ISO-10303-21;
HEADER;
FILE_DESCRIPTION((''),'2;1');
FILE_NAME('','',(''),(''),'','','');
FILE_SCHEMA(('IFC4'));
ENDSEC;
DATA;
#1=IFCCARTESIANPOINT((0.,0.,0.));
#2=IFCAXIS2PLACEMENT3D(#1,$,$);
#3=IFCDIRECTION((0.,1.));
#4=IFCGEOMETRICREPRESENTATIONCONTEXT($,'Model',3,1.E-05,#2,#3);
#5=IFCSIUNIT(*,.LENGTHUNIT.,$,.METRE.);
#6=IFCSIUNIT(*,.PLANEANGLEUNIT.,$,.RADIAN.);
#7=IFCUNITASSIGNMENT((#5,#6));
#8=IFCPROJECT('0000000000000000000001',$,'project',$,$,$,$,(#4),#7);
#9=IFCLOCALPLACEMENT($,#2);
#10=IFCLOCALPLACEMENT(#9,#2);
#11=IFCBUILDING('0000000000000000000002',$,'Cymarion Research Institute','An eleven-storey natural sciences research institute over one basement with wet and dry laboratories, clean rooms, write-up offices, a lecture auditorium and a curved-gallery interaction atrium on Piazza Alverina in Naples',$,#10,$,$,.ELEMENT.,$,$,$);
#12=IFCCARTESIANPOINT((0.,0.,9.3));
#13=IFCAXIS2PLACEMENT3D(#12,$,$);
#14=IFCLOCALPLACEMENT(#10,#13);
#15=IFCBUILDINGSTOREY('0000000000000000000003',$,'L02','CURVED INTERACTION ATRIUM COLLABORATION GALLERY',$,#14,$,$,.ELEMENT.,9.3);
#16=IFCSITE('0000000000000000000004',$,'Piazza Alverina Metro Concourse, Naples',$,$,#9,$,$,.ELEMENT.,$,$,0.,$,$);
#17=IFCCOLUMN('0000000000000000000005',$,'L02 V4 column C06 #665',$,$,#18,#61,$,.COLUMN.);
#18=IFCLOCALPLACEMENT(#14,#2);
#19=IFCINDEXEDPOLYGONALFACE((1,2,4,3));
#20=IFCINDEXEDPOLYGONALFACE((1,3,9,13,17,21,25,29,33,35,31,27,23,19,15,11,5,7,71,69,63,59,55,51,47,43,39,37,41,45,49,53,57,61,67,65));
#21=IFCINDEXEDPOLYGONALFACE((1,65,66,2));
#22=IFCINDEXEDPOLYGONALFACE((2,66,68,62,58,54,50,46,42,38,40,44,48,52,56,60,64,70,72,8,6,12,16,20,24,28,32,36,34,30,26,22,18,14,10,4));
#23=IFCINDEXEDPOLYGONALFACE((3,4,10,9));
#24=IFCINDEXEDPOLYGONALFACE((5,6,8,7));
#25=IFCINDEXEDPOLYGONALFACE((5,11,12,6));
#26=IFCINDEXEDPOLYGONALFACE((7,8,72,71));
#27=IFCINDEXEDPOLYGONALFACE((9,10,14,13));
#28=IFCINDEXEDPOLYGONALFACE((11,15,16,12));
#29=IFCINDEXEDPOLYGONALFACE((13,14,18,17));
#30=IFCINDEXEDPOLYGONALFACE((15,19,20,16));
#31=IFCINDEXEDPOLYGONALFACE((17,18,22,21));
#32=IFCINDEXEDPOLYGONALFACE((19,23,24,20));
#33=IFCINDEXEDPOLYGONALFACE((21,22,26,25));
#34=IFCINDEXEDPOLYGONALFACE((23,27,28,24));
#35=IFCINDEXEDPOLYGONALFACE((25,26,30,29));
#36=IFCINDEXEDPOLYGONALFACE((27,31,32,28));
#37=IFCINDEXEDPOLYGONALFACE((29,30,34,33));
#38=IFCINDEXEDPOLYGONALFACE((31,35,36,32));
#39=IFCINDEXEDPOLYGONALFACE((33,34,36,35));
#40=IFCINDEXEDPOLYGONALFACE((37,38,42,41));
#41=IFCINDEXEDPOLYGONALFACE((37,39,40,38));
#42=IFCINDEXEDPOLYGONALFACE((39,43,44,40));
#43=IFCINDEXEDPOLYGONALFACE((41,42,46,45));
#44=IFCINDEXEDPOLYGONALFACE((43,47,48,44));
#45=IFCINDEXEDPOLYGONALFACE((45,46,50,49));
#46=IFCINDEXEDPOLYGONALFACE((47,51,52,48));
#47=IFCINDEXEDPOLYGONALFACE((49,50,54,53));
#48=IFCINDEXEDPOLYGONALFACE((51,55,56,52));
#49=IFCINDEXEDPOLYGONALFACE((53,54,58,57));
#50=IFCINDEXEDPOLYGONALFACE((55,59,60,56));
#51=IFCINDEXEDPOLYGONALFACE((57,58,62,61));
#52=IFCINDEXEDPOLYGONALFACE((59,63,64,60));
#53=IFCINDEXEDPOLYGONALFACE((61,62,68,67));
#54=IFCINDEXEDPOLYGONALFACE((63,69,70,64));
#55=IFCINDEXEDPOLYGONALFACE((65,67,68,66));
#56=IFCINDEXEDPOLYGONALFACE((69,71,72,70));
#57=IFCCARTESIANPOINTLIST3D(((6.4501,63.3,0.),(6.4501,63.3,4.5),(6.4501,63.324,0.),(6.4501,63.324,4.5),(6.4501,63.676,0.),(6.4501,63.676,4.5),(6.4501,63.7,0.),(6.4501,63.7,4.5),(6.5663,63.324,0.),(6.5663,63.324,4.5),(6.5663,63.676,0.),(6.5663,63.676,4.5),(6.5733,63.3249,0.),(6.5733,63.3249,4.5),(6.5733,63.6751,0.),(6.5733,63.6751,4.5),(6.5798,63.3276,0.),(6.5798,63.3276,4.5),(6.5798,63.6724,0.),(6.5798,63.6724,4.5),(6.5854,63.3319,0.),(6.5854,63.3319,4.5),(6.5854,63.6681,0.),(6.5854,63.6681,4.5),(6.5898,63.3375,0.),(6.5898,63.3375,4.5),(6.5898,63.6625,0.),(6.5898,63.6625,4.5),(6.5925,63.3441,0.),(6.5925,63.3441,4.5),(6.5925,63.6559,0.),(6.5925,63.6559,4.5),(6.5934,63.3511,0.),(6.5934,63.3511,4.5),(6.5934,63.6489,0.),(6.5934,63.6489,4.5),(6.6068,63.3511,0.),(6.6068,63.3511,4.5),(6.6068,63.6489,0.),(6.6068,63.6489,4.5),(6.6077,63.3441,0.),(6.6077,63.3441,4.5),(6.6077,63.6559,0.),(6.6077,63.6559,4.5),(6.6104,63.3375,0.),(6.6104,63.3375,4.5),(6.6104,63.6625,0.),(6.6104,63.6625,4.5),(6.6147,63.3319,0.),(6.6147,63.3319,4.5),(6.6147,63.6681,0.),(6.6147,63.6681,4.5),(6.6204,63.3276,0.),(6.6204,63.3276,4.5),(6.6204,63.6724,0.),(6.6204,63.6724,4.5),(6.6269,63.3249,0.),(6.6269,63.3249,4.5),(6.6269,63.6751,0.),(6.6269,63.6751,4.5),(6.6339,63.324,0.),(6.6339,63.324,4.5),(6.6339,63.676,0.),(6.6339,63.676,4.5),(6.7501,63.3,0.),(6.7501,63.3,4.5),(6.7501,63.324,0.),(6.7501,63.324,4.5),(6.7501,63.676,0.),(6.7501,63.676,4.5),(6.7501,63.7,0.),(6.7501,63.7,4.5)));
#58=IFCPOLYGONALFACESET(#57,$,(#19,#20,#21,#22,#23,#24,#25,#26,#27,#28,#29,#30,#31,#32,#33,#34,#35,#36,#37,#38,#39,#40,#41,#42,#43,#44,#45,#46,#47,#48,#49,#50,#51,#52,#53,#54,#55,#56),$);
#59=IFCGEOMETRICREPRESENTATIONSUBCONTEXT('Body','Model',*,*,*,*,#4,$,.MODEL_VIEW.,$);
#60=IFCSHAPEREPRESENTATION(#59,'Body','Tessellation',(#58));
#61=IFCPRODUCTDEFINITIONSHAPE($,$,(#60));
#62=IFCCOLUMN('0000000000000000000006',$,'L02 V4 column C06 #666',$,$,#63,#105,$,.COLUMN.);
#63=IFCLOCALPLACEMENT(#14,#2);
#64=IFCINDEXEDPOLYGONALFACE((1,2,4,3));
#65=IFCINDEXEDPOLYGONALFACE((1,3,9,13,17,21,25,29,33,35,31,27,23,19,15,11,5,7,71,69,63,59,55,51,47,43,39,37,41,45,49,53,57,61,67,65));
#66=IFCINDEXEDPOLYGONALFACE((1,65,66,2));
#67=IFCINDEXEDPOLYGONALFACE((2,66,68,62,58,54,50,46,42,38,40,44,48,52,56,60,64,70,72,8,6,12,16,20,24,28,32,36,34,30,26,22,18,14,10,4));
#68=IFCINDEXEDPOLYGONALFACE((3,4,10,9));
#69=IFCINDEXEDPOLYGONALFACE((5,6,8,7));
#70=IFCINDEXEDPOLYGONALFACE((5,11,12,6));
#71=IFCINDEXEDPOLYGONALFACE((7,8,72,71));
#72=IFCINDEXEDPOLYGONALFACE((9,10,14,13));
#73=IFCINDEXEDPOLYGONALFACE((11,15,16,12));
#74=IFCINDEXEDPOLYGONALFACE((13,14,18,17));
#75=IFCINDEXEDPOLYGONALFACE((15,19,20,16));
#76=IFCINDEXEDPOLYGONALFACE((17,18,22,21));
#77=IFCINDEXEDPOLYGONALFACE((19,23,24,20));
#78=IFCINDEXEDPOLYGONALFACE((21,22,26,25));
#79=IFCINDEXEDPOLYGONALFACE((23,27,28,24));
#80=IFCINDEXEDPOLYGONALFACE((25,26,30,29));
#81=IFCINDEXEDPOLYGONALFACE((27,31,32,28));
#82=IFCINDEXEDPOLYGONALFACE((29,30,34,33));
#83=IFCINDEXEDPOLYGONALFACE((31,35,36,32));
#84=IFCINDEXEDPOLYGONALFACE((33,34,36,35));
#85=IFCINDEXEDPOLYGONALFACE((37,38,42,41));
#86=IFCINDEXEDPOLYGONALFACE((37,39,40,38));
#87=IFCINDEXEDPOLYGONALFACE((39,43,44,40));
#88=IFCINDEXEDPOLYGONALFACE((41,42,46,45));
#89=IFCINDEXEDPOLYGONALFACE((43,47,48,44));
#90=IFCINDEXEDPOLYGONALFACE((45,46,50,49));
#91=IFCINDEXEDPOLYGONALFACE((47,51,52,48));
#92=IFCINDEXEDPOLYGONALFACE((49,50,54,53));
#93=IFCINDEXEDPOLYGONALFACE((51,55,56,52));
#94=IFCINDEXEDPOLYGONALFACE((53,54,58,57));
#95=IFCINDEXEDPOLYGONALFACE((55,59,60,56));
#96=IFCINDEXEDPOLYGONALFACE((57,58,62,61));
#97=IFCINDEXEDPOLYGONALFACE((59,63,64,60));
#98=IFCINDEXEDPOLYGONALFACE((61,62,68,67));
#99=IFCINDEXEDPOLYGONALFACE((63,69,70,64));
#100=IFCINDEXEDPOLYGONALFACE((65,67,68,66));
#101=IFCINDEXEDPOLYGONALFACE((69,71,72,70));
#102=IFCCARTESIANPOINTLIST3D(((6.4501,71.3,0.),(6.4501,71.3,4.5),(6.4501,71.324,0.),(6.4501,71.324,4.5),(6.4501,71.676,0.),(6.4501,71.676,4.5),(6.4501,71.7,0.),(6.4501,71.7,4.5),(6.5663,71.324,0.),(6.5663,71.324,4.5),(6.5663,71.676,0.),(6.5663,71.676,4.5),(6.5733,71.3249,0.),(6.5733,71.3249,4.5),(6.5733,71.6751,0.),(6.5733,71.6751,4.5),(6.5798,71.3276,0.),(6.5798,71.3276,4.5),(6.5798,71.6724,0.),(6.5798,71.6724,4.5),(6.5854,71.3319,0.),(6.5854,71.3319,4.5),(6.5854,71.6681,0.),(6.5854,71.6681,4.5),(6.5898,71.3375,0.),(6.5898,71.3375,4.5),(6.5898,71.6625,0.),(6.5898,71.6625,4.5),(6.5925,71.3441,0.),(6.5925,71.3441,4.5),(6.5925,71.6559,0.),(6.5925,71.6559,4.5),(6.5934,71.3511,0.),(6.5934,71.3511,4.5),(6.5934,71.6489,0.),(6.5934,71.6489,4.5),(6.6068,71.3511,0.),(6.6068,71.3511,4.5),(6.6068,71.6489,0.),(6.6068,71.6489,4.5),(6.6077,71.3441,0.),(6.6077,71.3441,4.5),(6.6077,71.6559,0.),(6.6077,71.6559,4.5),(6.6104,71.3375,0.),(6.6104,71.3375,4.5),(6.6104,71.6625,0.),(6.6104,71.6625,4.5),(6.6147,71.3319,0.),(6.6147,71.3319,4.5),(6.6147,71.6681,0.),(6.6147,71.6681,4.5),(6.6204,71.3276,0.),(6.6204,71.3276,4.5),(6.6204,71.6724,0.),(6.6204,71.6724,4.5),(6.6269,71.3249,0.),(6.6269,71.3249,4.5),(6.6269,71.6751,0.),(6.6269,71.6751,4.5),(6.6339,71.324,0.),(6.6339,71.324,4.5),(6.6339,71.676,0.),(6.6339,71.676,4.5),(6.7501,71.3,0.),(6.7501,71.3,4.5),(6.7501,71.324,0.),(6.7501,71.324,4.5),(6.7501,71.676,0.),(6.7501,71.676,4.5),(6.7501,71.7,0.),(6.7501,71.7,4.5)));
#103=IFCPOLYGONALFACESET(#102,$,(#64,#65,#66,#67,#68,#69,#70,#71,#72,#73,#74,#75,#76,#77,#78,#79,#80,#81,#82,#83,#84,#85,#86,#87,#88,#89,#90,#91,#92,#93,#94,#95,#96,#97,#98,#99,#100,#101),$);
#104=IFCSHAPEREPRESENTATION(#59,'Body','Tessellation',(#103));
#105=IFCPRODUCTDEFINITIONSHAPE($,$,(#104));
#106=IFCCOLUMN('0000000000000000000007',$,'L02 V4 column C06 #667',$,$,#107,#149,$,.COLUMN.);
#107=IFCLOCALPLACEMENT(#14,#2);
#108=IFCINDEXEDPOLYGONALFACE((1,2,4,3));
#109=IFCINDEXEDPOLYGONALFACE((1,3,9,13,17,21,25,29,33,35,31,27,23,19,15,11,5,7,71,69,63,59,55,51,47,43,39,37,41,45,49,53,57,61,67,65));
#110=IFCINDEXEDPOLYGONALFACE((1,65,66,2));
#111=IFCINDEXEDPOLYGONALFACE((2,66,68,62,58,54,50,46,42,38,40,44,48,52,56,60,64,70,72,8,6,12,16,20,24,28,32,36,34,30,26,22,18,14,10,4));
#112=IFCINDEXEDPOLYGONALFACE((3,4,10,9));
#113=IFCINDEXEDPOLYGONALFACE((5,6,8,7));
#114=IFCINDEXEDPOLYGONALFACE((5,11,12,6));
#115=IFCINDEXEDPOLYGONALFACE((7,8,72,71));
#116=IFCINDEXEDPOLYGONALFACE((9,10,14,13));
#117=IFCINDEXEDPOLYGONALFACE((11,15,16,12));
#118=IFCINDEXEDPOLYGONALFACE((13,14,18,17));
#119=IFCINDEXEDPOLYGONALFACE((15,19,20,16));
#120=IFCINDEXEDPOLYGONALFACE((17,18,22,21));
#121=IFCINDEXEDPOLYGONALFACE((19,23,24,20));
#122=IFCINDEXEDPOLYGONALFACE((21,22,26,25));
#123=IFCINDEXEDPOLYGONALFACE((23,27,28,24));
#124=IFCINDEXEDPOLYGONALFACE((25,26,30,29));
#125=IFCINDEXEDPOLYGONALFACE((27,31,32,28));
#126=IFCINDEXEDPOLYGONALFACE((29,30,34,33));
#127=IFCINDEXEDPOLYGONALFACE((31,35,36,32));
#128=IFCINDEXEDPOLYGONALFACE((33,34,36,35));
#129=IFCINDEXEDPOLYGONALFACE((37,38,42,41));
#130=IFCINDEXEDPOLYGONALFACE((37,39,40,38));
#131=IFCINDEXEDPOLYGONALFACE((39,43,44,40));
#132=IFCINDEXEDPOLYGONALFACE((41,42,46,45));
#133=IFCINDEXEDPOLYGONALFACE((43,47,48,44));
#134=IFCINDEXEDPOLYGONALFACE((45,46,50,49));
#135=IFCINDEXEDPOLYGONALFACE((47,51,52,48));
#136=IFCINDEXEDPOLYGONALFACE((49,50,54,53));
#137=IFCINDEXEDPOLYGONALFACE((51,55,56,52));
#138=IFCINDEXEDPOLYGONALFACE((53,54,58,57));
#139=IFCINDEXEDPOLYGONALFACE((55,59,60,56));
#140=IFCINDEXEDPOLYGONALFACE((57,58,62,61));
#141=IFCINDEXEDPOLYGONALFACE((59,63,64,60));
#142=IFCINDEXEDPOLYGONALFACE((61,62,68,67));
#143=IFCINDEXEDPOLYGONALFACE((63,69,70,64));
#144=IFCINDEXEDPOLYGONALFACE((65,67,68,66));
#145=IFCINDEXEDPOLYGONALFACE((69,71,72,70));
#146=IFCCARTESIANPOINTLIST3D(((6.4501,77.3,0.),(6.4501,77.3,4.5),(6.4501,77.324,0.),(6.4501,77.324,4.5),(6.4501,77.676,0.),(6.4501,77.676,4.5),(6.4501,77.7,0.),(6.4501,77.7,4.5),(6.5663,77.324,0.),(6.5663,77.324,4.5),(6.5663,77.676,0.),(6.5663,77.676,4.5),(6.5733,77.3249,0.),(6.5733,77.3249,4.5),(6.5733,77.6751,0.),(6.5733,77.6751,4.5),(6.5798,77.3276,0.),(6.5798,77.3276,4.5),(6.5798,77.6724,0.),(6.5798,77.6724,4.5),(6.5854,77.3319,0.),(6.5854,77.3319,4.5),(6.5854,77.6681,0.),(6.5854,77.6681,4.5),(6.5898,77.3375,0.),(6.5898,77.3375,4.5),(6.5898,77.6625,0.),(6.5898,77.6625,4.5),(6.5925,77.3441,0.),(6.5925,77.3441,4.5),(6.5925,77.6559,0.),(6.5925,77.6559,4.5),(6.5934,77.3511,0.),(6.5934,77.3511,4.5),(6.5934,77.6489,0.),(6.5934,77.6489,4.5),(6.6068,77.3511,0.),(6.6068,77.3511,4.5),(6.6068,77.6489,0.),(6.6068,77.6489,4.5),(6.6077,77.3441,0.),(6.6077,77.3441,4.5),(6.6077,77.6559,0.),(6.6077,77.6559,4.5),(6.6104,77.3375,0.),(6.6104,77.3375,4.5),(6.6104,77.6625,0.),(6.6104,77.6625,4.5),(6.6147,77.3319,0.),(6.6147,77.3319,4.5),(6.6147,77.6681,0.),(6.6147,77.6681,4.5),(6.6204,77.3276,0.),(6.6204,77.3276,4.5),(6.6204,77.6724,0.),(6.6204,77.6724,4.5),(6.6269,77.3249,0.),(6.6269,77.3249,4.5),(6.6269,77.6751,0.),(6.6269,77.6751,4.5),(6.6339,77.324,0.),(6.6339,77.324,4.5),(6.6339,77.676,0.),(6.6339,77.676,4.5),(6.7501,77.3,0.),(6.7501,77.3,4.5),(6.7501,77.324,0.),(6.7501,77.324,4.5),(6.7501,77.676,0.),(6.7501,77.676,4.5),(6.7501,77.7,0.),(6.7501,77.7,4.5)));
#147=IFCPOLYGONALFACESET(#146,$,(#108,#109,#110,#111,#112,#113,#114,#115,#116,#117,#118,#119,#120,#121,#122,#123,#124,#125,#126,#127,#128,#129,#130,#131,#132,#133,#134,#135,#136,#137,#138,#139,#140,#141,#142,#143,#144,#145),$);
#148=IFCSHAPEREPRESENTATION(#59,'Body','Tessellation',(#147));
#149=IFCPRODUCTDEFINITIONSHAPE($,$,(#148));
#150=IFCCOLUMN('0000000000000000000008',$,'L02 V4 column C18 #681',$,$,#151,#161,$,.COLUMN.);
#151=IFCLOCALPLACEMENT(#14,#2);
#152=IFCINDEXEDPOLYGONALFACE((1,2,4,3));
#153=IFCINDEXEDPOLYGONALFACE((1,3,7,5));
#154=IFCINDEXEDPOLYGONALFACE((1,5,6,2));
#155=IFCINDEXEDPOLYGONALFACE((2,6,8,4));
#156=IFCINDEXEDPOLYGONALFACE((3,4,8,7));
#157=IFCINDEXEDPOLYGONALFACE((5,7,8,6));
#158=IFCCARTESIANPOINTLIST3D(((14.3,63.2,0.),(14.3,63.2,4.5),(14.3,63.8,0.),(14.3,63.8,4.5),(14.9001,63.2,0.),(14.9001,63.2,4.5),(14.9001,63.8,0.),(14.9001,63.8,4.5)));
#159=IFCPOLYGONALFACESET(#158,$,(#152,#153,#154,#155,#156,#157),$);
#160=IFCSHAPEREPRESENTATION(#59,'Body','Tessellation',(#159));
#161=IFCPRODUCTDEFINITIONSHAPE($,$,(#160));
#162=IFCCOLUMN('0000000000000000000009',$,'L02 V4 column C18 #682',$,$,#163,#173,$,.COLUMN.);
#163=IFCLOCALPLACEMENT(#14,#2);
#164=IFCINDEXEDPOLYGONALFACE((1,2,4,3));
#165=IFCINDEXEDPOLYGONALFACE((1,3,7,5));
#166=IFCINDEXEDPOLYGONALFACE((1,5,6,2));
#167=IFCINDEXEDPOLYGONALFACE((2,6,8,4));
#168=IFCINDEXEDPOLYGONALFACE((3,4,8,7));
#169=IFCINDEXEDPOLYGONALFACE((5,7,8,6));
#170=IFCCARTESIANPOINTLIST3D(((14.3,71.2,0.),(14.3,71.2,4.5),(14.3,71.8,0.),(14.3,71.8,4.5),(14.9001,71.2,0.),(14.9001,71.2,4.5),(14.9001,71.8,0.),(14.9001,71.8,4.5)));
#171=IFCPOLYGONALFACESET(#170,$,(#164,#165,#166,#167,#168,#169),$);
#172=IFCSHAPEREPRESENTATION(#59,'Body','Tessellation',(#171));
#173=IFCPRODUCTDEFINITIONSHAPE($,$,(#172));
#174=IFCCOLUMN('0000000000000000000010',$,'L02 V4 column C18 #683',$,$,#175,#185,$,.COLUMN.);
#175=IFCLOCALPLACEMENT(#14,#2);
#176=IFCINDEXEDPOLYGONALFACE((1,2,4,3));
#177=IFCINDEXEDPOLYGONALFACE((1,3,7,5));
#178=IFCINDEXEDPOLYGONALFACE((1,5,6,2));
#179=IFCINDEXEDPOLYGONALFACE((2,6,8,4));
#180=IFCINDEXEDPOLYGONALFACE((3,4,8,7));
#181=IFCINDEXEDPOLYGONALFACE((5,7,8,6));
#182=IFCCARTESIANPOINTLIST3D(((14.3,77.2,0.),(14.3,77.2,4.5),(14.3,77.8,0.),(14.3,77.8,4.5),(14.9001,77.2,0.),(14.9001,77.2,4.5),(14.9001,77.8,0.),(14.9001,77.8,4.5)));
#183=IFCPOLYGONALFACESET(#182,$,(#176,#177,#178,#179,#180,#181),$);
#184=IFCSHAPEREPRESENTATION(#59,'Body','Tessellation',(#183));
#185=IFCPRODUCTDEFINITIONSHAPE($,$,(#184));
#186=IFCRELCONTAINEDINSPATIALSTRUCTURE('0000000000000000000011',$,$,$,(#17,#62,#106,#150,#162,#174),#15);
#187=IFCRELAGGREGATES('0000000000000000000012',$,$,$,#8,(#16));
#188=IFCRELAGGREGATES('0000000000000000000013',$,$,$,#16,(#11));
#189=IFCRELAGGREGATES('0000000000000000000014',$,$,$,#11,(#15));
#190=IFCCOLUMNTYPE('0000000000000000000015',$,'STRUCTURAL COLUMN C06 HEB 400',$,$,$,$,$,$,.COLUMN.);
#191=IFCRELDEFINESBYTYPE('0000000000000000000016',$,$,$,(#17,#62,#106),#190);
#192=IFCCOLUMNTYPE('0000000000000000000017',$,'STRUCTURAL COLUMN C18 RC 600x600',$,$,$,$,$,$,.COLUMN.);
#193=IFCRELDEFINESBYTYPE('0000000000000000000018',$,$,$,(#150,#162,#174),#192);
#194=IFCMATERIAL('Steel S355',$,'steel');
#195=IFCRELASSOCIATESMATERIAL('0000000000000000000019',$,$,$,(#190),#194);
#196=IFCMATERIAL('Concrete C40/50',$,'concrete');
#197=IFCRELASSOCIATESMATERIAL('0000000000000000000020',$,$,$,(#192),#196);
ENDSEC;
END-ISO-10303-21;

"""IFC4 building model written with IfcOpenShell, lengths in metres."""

from ifc_helpers import new_model, si_unit, direction, frame, origin, origin_2d, place, context, subcontext, project, spatial, rectangle, i_section, extrude, material, material_profile, profile_set, type_object, element, save


model = new_model("IFC4")

# Units and contexts
model_context = context("Model", 3, precision=1e-05, world=origin(), true_north=direction((0.0, 1.0)))
body_context = subcontext(model_context, "Body", "Model", "MODEL_VIEW")
ifc_project = project(units=[si_unit("LENGTHUNIT", "METRE"), si_unit("PLANEANGLEUNIT", "RADIAN")], contexts=[model_context])

# Site, building, storey
site_placement = place(None, origin())
site = spatial("IfcSite", under=ifc_project, at=site_placement, Name="Piazza Alverina Metro Concourse, Naples", CompositionType="ELEMENT", RefElevation=0.0)
building_placement = place(site_placement, origin())
building = spatial("IfcBuilding", under=site, at=building_placement, Name="Cymarion Research Institute", Description="An eleven-storey natural sciences research institute over one basement with wet and dry laboratories, clean rooms, write-up offices, a lecture auditorium and a curved-gallery interaction atrium on Piazza Alverina in Naples", CompositionType="ELEMENT")
storey_placement = place(building_placement, frame((0.0, 0.0, 9.3)))
storey = spatial("IfcBuildingStorey", under=building, at=storey_placement, Name="L02", Description="CURVED INTERACTION ATRIUM COLLABORATION GALLERY", CompositionType="ELEMENT", Elevation=9.3)

# Columns
ifc_material_1 = material(Name="Steel S355", Category="steel")
ifc_material_profile_1 = material_profile(ifc_material_1, i_section(OverallWidth=0.3, OverallDepth=0.3999, WebThickness=0.0134, FlangeThickness=0.0239, FilletRadius=0.0271, at=origin_2d()), Name="HEB 400")
ifc_profile_set_1 = profile_set([ifc_material_profile_1], Name="Steel S355")
column_type_1 = type_object("IfcColumnType", Name="STRUCTURAL COLUMN C06 HEB 400", PredefinedType="COLUMN", material=ifc_profile_set_1)
for number, where, z_axis, x_axis, name in (
    (1, (6.6001, 63.5, 0.0), (0.0, 0.0, 1.0), (1.0, 0.0, 0.0), "L02 V4 column C06 #665"),
    (2, (6.6001, 71.5, 0.0), (0.0, 0.0, 1.0), (1.0, 0.0, 0.0), "L02 V4 column C06 #666"),
    (3, (6.6001, 77.5, 0.0), (0.0, 0.0, 1.0), (1.0, 0.0, 0.0), "L02 V4 column C06 #667"),
):
    element("IfcColumn", number, at=place(storey_placement, frame(where, z_axis=z_axis, x_axis=x_axis)), inside=storey, type_object=column_type_1, Name=name, PredefinedType="COLUMN", context=body_context, shape_type="SweptSolid", body=[
        extrude(i_section(OverallWidth=0.3, OverallDepth=0.3999, WebThickness=0.0134, FlangeThickness=0.0239, FilletRadius=0.0271, at=origin_2d()), origin(), (0.0, 0.0, 1.0), 4.5),
    ])
ifc_material_2 = material(Name="Concrete C40/50", Category="concrete")
ifc_material_profile_2 = material_profile(ifc_material_2, rectangle(XDim=0.6001, YDim=0.6001, at=origin_2d()), Name="RC 600x600")
ifc_profile_set_2 = profile_set([ifc_material_profile_2], Name="Concrete C40/50")
column_type_2 = type_object("IfcColumnType", Name="STRUCTURAL COLUMN C18 RC 600x600", PredefinedType="COLUMN", material=ifc_profile_set_2)
for number, where, z_axis, x_axis, name in (
    (4, (14.6001, 63.5, 0.0), (0.0, 0.0, 1.0), (1.0, 0.0, 0.0), "L02 V4 column C18 #681"),
    (5, (14.6001, 71.5, 0.0), (0.0, 0.0, 1.0), (1.0, 0.0, 0.0), "L02 V4 column C18 #682"),
    (6, (14.6001, 77.5, 0.0), (0.0, 0.0, 1.0), (1.0, 0.0, 0.0), "L02 V4 column C18 #683"),
):
    element("IfcColumn", number, at=place(storey_placement, frame(where, z_axis=z_axis, x_axis=x_axis)), inside=storey, type_object=column_type_2, Name=name, PredefinedType="COLUMN", context=body_context, shape_type="SweptSolid", body=[
        extrude(rectangle(XDim=0.6001, YDim=0.6001, at=origin_2d()), origin(), (0.0, 0.0, 1.0), 4.5),
    ])

save(model, "model.ifc")
